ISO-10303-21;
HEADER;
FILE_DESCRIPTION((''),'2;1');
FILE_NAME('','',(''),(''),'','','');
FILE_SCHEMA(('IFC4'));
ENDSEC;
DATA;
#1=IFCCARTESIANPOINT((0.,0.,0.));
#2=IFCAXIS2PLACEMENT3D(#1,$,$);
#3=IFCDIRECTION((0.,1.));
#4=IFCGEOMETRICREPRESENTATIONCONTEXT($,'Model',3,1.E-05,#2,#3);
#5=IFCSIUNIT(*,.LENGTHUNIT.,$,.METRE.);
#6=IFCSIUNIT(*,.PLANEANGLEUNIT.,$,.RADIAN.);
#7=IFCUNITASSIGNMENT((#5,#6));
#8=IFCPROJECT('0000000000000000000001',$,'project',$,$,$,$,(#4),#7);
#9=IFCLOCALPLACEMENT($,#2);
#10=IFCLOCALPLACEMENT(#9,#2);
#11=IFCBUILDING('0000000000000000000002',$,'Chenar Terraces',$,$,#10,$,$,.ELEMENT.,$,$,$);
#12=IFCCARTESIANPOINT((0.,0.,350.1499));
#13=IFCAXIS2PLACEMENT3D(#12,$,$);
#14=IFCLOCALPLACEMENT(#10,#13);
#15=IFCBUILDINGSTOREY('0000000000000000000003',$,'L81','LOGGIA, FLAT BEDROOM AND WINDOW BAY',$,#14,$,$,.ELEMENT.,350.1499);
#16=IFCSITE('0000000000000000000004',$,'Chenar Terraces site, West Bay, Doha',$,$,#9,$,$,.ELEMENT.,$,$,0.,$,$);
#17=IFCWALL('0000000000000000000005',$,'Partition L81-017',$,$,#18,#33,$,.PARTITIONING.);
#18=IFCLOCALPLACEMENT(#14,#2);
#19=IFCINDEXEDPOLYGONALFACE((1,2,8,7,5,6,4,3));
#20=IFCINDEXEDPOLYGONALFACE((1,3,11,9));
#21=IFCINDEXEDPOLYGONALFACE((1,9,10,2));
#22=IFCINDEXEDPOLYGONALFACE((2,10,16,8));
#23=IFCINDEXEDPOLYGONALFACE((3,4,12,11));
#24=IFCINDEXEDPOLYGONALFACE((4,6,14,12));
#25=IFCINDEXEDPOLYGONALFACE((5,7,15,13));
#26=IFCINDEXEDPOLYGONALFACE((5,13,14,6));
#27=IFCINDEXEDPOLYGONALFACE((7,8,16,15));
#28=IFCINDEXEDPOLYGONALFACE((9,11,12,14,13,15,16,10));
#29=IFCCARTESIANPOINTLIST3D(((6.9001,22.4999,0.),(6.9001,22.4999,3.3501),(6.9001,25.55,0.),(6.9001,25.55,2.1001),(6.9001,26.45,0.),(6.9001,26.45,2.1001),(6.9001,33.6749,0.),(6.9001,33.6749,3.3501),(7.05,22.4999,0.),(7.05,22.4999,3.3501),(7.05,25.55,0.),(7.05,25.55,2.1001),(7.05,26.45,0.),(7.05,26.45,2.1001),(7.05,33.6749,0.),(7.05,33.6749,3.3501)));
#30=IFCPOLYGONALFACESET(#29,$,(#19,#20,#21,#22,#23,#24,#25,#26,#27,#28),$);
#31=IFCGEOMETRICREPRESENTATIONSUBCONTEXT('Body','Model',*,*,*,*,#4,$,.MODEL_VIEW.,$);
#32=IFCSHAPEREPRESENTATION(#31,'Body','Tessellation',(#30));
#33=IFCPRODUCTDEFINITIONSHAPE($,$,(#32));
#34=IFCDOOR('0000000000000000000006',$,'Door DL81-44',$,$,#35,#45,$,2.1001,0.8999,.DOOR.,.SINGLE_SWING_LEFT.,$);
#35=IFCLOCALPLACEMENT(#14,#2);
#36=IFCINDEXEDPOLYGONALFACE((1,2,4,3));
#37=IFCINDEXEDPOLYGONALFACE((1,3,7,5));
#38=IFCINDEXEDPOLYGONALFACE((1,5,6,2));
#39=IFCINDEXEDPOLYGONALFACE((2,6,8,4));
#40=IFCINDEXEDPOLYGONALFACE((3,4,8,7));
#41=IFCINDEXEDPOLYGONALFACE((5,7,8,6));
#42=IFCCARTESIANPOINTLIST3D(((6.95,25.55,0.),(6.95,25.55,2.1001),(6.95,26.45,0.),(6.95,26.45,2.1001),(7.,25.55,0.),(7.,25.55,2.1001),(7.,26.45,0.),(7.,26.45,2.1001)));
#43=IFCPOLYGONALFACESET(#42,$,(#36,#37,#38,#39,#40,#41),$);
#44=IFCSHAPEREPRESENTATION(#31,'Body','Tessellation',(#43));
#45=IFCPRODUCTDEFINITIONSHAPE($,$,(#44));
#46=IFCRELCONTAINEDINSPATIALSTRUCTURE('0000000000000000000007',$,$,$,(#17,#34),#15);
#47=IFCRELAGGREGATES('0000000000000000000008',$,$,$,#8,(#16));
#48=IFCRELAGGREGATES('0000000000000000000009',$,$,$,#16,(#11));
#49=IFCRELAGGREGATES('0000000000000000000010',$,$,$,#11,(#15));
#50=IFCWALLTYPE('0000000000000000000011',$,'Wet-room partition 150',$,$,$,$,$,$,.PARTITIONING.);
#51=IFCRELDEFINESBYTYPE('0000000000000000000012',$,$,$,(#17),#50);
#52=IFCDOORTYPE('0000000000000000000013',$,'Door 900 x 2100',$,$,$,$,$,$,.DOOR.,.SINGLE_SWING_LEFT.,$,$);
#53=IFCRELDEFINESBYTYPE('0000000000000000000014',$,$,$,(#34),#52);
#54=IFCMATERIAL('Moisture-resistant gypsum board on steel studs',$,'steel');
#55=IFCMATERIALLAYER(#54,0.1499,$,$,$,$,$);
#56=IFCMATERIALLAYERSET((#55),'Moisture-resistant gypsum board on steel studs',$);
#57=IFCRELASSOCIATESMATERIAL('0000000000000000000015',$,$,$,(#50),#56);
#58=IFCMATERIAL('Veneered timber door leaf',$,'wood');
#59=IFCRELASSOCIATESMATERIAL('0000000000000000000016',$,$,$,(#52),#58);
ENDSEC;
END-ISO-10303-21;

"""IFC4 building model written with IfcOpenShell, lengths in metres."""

from ifc_helpers import new_model, si_unit, direction, frame, frame_2d, origin, place, context, subcontext, project, spatial, rectangle, extrude, material, layer, layer_set, type_object, element, fill, save


model = new_model("IFC4")

# Units and contexts
model_context = context("Model", 3, precision=1e-05, world=origin(), true_north=direction((0.0, 1.0)))
body_context = subcontext(model_context, "Body", "Model", "MODEL_VIEW")
ifc_project = project(units=[si_unit("LENGTHUNIT", "METRE"), si_unit("PLANEANGLEUNIT", "RADIAN")], contexts=[model_context])

# Site, building, storey
site_placement = place(None, origin())
site = spatial("IfcSite", under=ifc_project, at=site_placement, Name="Chenar Terraces site, West Bay, Doha", CompositionType="ELEMENT", RefElevation=0.0)
building_placement = place(site_placement, origin())
building = spatial("IfcBuilding", under=site, at=building_placement, Name="Chenar Terraces", CompositionType="ELEMENT")
storey_placement = place(building_placement, frame((0.0, 0.0, 350.1499)))
storey = spatial("IfcBuildingStorey", under=building, at=storey_placement, Name="L81", Description="LOGGIA, FLAT BEDROOM AND WINDOW BAY", CompositionType="ELEMENT", Elevation=350.1499)

# Shared definitions
ifc_material_1 = material(Name="Moisture-resistant gypsum board on steel studs", Category="steel")
ifc_layer_1 = layer(ifc_material_1, 0.1499)
ifc_layer_set_1 = layer_set([ifc_layer_1], Name="Moisture-resistant gypsum board on steel studs")
wall_type_1 = type_object("IfcWallType", Name="Wet-room partition 150", PredefinedType="PARTITIONING", material=ifc_layer_set_1)

# Wall, opening, door
wall_1_placement = place(storey_placement, frame((6.9751, 22.5, 0.0), z_axis=(0.0, 0.0, 1.0), x_axis=(0.0, 1.0, 0.0)))
wall_1 = element("IfcWall", 1, at=wall_1_placement, inside=storey, type_object=wall_type_1, Name="Partition L81-017", PredefinedType="PARTITIONING", context=body_context, shape_type="SweptSolid", body=[
    extrude(rectangle(XDim=11.175, YDim=0.1499, at=frame_2d((5.5874, 0.0))), origin(), (0.0, 0.0, 1.0), 3.3501),
])
opening_1_placement = place(wall_1_placement, frame((3.05, 0.0, 0.0)))
opening_1 = element("IfcOpeningElement", 2, at=opening_1_placement, cuts=wall_1, PredefinedType="OPENING", context=body_context, shape_type="SweptSolid", body=[
    extrude(rectangle(XDim=0.8999, YDim=2.1001, at=frame_2d((0.45, 1.05))), frame((0.0, 0.085, 0.0), z_axis=(0.0, -1.0, 0.0), x_axis=(1.0, 0.0, 0.0)), (0.0, 0.0, 1.0), 0.1699),
])
ifc_material_2 = material(Name="Veneered timber door leaf", Category="wood")
door_type_1 = type_object("IfcDoorType", Name="Door 900 x 2100", OperationType="SINGLE_SWING_LEFT", PredefinedType="DOOR", material=ifc_material_2)
door_1_placement = place(opening_1_placement, frame((0.8999, 0.0, 0.0), z_axis=(0.0, 0.0, 1.0), x_axis=(-1.0, 0.0, 0.0)))
door_1 = element("IfcDoor", 3, at=door_1_placement, inside=storey, type_object=door_type_1, Name="Door DL81-44", OperationType="SINGLE_SWING_LEFT", OverallHeight=2.1001, OverallWidth=0.8999, PredefinedType="DOOR", context=body_context, shape_type="SweptSolid", body=[
    extrude(rectangle(XDim=0.8999, YDim=2.1001, at=frame_2d((0.45, 1.05))), frame((0.0, 0.0249, 0.0), z_axis=(0.0, -1.0, 0.0), x_axis=(1.0, 0.0, 0.0)), (0.0, 0.0, 1.0), 0.05),
])
fill(opening_1, door_1)

save(model, "model.ifc")
